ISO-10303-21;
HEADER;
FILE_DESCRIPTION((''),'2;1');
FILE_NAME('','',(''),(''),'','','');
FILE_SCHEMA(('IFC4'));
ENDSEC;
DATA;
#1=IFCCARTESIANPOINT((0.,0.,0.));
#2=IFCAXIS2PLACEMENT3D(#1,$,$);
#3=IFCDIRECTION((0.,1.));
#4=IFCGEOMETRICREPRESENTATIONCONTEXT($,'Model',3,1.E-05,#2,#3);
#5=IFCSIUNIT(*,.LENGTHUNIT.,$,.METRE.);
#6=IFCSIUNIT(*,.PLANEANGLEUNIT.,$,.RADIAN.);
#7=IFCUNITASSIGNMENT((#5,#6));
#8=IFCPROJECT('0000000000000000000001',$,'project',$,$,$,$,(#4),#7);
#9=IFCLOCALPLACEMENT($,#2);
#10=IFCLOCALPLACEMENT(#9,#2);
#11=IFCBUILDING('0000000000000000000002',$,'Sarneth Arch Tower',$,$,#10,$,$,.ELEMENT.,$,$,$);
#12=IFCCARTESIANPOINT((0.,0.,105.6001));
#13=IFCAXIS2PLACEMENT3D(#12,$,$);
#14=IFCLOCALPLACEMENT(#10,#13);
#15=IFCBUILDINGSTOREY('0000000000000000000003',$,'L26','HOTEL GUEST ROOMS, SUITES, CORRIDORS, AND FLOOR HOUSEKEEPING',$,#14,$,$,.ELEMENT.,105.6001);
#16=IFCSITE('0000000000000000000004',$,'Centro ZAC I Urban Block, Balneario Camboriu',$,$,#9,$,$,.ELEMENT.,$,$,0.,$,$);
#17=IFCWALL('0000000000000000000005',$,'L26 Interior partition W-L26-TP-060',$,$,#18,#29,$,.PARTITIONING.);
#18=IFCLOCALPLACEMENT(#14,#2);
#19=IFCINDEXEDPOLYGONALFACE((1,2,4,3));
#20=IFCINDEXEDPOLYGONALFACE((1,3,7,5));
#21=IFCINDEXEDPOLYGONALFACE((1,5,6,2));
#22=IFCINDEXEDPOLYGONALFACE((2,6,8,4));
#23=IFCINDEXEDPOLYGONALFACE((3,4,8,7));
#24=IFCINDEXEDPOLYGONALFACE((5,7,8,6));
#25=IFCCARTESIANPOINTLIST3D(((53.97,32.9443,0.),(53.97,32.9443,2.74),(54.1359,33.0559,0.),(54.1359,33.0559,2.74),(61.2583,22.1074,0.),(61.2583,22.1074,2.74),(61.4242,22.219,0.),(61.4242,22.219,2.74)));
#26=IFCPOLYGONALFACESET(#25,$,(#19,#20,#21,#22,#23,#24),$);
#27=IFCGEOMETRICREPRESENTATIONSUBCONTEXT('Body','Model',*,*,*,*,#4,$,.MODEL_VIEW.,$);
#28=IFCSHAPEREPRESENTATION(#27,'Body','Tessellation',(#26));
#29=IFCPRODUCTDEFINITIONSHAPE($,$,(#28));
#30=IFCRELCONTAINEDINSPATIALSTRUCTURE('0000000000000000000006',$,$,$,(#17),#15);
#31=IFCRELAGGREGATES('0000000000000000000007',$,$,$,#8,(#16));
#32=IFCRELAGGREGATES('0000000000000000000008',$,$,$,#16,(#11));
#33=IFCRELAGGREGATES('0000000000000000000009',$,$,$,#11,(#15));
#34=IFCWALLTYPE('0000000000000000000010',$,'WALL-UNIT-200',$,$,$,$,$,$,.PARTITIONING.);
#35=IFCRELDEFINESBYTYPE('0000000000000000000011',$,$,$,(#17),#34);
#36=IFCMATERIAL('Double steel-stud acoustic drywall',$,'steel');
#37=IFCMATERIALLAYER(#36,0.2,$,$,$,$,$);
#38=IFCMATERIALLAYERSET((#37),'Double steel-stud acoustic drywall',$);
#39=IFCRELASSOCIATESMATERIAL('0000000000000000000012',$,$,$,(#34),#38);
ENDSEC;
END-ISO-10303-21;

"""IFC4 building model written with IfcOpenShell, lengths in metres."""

from ifc_helpers import new_model, si_unit, direction, frame, frame_2d, origin, place, context, subcontext, project, spatial, rectangle, extrude, material, layer, layer_set, type_object, element, save


model = new_model("IFC4")

# Units and contexts
model_context = context("Model", 3, precision=1e-05, world=origin(), true_north=direction((0.0, 1.0)))
body_context = subcontext(model_context, "Body", "Model", "MODEL_VIEW")
ifc_project = project(units=[si_unit("LENGTHUNIT", "METRE"), si_unit("PLANEANGLEUNIT", "RADIAN")], contexts=[model_context])

# Site, building, storey
site_placement = place(None, origin())
site = spatial("IfcSite", under=ifc_project, at=site_placement, Name="Centro ZAC I Urban Block, Balneario Camboriu", CompositionType="ELEMENT", RefElevation=0.0)
building_placement = place(site_placement, origin())
building = spatial("IfcBuilding", under=site, at=building_placement, Name="Sarneth Arch Tower", CompositionType="ELEMENT")
storey_placement = place(building_placement, frame((0.0, 0.0, 105.6001)))
storey = spatial("IfcBuildingStorey", under=building, at=storey_placement, Name="L26", Description="HOTEL GUEST ROOMS, SUITES, CORRIDORS, AND FLOOR HOUSEKEEPING", CompositionType="ELEMENT", Elevation=105.6001)

# Wall
ifc_material_1 = material(Name="Double steel-stud acoustic drywall", Category="steel")
ifc_layer_1 = layer(ifc_material_1, 0.2)
ifc_layer_set_1 = layer_set([ifc_layer_1], Name="Double steel-stud acoustic drywall")
wall_type_1 = type_object("IfcWallType", Name="WALL-UNIT-200", PredefinedType="PARTITIONING", material=ifc_layer_set_1)
wall_1_placement = place(storey_placement, frame((54.053, 33.0, 0.0), z_axis=(0.0, 0.0, 1.0), x_axis=(0.558073, -0.829792, 0.0)))
element("IfcWall", 1, at=wall_1_placement, inside=storey, type_object=wall_type_1, Name="L26 Interior partition W-L26-TP-060", PredefinedType="PARTITIONING", context=body_context, shape_type="SweptSolid", body=[
    extrude(rectangle(XDim=13.0598, YDim=0.2, at=frame_2d((6.5298, 0.0))), origin(), (0.0, 0.0, 1.0), 2.74),
])

save(model, "model.ifc")
